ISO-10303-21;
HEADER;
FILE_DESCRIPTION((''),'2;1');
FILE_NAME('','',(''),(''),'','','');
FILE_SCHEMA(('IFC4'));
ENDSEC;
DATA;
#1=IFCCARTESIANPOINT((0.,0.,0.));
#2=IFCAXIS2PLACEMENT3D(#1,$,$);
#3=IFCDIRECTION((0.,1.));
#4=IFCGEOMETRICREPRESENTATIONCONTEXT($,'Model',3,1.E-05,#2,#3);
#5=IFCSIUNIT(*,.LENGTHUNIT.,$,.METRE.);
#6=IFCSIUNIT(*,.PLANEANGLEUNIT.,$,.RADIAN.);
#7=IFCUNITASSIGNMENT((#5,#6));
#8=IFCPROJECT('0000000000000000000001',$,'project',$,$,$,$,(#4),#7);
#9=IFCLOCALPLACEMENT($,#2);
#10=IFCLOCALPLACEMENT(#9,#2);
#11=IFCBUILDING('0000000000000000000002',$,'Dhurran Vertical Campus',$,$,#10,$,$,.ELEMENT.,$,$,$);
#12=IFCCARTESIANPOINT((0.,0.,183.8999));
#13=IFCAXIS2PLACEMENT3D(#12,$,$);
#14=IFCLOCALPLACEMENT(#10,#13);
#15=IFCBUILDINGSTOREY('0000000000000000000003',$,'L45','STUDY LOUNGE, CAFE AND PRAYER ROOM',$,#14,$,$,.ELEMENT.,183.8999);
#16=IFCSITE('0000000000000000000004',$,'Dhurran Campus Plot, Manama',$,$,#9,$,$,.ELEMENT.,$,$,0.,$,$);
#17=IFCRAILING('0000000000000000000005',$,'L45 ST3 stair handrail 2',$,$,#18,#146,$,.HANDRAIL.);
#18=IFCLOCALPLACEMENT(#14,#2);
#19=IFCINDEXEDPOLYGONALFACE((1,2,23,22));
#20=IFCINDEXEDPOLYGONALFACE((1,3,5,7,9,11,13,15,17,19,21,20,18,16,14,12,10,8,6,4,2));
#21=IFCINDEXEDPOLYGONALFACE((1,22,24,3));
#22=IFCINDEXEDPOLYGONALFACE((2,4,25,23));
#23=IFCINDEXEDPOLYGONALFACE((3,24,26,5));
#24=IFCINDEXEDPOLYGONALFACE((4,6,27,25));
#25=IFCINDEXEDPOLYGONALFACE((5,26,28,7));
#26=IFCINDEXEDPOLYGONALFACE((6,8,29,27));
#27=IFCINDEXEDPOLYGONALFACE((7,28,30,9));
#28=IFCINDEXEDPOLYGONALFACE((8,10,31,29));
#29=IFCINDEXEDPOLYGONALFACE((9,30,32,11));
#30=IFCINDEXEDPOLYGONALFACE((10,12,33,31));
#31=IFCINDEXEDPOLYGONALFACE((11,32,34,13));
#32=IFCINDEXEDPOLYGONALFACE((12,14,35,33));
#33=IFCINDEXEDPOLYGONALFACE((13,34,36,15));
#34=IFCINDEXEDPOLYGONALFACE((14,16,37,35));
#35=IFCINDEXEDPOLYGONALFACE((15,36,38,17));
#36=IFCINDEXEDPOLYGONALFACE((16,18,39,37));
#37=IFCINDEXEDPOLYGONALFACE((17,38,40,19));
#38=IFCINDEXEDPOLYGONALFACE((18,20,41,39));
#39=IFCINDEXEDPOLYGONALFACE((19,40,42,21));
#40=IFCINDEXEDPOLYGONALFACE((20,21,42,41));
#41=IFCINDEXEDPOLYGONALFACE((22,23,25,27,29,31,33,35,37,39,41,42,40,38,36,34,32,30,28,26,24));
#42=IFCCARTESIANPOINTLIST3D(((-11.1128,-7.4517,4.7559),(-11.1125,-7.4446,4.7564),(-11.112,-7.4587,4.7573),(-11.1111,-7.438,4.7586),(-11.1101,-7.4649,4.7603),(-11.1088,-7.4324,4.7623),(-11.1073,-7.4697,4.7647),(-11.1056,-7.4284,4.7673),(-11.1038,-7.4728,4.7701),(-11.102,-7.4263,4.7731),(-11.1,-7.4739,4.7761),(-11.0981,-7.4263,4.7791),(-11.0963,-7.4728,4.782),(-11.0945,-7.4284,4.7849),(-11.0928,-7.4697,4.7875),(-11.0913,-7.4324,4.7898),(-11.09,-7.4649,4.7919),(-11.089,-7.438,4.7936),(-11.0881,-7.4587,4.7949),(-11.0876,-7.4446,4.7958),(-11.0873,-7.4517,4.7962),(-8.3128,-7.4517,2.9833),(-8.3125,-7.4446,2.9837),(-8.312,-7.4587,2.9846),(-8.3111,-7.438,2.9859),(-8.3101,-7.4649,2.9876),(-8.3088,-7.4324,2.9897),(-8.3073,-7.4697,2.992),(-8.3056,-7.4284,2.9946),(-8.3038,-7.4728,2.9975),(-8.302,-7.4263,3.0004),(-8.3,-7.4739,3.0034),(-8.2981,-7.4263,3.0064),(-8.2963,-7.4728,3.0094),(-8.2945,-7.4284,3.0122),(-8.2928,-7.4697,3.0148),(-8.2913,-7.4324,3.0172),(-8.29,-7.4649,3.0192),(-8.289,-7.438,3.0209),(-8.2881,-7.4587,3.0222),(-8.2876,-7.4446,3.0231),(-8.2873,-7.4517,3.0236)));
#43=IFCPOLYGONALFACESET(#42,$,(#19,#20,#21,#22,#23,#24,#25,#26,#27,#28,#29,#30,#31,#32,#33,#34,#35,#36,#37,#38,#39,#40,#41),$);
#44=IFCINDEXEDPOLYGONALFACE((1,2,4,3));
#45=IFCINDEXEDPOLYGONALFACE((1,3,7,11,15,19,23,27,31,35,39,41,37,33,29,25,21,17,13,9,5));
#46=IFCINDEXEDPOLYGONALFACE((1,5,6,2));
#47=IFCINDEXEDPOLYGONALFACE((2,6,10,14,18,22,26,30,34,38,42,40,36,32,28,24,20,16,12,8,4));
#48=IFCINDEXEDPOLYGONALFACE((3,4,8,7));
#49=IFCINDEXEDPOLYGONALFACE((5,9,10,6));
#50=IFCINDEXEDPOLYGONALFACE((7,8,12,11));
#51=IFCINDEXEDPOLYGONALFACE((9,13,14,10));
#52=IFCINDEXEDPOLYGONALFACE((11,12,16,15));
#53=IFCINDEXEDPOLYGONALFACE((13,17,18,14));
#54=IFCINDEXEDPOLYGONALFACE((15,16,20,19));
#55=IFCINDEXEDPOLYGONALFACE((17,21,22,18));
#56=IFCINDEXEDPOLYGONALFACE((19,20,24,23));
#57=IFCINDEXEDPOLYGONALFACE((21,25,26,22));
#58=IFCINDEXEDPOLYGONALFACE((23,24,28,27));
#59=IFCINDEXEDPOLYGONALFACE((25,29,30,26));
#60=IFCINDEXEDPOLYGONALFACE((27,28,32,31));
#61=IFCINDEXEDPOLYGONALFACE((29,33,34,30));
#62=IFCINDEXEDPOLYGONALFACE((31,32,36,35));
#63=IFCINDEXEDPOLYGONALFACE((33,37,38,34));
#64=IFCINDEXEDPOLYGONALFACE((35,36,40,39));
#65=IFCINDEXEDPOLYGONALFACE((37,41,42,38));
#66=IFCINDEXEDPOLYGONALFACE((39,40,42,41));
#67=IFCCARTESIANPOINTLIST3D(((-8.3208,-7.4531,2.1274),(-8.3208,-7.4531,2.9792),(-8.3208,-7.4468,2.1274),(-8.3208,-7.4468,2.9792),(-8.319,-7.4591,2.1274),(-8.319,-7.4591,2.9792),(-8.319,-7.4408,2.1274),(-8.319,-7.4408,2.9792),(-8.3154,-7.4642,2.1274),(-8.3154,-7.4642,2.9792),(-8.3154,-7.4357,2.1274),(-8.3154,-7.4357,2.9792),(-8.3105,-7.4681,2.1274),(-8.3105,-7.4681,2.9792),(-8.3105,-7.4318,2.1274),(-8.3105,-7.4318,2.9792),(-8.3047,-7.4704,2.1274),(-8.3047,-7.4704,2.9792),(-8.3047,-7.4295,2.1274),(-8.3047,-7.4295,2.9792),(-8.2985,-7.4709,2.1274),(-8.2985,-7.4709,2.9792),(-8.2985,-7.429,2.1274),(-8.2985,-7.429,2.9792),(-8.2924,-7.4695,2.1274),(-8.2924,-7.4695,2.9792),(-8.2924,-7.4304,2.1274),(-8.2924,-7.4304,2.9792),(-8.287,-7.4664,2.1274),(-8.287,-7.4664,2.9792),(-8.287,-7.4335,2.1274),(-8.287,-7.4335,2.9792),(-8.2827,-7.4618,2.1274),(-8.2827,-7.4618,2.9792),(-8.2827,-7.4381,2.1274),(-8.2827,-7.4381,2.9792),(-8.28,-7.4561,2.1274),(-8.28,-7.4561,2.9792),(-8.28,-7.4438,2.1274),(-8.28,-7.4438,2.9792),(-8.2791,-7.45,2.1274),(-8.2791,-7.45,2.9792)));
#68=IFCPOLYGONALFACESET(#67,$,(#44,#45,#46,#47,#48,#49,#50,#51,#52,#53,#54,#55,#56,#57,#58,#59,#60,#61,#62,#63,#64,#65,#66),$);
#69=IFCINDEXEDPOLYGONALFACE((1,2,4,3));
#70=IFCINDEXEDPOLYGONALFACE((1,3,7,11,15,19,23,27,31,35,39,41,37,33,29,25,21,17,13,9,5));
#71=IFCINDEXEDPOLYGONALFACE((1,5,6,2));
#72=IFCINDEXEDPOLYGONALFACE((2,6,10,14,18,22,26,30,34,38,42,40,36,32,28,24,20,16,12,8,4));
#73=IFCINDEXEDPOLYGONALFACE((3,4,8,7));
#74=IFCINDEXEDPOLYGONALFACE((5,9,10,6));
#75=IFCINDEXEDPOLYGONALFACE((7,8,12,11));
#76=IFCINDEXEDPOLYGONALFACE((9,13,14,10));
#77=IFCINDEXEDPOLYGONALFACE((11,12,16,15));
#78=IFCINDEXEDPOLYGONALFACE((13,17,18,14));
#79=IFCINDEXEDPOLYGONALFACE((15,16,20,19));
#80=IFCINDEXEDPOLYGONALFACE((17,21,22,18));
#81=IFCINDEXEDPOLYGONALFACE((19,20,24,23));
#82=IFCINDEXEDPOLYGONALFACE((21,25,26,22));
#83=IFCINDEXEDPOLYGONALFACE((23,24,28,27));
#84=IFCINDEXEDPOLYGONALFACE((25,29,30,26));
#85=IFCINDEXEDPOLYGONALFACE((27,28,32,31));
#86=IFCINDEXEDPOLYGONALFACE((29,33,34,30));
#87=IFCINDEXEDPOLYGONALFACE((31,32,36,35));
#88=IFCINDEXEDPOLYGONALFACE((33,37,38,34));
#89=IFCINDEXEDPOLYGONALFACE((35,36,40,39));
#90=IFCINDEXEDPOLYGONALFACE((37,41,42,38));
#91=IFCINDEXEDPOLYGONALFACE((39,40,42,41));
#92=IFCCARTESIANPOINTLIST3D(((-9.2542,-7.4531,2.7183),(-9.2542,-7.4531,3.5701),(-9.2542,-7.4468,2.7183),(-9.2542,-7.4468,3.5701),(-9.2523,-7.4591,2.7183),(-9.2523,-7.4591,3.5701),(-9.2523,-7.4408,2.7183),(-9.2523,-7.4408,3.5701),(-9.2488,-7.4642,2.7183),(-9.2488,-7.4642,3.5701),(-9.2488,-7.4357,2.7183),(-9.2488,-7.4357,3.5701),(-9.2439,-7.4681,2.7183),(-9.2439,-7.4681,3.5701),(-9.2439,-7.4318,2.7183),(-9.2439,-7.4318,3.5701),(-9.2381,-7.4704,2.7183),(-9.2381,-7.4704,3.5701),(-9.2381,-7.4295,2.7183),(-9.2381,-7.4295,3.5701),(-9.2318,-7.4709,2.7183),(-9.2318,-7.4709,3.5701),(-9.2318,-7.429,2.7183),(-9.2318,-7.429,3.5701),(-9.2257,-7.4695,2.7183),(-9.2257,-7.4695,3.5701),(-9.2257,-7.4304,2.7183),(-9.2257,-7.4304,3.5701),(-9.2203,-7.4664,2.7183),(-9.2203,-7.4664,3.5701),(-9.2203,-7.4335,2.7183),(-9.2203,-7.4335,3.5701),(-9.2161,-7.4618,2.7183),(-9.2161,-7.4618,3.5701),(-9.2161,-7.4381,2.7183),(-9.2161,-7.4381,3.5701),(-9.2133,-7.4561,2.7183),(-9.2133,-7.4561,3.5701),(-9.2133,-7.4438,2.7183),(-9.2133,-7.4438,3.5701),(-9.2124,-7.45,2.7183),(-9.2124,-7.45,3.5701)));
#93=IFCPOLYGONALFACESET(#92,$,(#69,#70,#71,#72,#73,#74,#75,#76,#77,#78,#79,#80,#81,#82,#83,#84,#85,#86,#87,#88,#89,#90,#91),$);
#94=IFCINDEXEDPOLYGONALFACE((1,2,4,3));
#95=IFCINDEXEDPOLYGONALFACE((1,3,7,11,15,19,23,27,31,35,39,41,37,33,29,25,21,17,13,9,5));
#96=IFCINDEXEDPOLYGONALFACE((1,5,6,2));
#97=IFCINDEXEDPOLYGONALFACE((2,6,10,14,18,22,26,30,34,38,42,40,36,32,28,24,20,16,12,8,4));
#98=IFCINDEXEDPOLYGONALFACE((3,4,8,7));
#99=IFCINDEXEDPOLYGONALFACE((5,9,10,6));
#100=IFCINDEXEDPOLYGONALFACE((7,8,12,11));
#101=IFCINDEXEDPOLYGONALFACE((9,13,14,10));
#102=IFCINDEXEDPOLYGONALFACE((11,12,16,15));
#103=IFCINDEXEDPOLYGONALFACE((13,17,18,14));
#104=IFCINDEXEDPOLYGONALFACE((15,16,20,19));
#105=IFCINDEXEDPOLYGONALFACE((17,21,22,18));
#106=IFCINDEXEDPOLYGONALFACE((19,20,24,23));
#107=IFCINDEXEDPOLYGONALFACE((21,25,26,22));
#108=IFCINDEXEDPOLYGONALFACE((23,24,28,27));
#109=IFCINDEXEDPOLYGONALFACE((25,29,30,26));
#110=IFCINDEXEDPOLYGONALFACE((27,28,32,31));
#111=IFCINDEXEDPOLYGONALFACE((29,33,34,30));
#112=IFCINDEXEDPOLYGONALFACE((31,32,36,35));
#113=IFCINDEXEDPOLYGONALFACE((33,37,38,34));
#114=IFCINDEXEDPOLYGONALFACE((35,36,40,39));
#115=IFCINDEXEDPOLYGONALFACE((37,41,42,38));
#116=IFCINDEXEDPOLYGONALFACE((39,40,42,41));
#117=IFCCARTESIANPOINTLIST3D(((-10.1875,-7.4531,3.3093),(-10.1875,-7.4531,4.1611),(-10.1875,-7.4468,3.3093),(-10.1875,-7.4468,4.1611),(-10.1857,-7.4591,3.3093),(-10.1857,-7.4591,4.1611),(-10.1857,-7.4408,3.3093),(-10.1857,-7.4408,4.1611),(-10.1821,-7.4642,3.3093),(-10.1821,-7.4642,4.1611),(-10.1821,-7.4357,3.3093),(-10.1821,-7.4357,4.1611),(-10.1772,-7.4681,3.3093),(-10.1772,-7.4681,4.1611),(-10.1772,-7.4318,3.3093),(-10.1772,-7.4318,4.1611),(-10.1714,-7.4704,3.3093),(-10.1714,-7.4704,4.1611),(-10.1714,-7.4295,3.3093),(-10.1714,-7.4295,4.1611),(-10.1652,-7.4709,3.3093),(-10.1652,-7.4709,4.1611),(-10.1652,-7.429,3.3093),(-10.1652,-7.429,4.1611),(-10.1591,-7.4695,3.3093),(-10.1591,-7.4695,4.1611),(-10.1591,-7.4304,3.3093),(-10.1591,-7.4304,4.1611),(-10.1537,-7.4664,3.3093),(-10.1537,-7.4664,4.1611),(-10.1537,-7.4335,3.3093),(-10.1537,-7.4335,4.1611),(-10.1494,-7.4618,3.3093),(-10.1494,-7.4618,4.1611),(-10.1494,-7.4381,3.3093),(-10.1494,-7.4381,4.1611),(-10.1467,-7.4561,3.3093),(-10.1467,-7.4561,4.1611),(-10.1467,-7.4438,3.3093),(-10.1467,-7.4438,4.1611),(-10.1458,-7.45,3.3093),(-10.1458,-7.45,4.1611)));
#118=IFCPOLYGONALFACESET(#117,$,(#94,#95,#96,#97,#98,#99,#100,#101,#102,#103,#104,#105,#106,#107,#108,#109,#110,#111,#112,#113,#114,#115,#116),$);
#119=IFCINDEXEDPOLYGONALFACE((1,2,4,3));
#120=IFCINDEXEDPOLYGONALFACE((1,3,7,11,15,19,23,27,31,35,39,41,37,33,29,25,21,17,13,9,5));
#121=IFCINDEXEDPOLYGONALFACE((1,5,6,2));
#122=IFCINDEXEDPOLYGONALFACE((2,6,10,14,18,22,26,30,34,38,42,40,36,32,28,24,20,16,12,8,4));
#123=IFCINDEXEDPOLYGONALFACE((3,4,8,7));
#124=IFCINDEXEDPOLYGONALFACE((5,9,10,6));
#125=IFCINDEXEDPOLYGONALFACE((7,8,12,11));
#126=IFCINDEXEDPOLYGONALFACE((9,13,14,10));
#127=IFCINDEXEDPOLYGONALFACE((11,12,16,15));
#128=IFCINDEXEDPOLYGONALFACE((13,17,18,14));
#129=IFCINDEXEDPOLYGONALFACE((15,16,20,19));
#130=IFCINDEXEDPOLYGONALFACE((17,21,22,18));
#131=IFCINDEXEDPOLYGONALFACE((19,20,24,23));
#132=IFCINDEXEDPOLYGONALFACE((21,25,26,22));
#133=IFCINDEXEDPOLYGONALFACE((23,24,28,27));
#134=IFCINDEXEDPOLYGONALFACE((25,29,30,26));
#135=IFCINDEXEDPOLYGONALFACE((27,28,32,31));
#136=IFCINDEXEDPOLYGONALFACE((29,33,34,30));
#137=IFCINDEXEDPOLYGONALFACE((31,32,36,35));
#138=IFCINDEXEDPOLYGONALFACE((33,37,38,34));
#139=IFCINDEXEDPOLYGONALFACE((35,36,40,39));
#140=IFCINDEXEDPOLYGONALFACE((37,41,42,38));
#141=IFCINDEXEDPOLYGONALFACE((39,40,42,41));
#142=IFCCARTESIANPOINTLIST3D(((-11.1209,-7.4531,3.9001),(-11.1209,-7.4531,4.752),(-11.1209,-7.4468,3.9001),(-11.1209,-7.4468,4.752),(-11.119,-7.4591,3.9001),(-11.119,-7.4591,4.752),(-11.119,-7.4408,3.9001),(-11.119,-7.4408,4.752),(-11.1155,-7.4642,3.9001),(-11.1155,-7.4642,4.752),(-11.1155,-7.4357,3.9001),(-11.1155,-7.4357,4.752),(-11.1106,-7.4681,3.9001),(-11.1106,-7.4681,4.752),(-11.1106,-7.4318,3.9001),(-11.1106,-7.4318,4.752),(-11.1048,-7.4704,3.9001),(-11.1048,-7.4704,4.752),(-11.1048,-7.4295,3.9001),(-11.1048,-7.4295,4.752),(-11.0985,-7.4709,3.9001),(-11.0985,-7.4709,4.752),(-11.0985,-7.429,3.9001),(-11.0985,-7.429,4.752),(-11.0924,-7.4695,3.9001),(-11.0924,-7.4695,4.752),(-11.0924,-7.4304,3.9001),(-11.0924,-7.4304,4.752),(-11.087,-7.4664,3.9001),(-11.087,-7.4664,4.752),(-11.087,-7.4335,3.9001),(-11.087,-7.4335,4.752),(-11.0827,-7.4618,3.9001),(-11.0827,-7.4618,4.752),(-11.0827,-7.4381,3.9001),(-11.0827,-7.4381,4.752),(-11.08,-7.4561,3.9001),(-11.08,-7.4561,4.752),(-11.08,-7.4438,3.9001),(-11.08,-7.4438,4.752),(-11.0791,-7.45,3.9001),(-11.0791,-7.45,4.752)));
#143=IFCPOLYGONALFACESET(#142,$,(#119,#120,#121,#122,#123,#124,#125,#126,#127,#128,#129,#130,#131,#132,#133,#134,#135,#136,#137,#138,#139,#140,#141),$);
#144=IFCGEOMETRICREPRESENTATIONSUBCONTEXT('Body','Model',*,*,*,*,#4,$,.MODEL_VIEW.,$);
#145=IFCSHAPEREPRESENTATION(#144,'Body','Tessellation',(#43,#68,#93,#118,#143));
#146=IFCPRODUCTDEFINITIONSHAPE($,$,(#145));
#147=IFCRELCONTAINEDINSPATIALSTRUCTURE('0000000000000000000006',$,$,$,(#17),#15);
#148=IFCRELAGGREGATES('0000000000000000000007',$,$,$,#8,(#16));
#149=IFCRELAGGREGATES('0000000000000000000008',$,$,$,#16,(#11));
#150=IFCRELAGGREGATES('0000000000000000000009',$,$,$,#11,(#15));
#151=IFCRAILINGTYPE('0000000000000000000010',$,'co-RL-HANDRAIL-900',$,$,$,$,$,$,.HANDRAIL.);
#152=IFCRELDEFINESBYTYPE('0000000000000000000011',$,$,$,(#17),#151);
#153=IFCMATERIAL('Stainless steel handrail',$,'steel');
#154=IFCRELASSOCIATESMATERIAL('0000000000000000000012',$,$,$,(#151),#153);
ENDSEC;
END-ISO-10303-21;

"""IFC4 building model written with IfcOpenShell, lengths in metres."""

from ifc_helpers import new_model, si_unit, direction, frame, origin, origin_2d, place, context, subcontext, project, spatial, circle, extrude, material, type_object, element, save


model = new_model("IFC4")

# Units and contexts
model_context = context("Model", 3, precision=1e-05, world=origin(), true_north=direction((0.0, 1.0)))
body_context = subcontext(model_context, "Body", "Model", "MODEL_VIEW")
ifc_project = project(units=[si_unit("LENGTHUNIT", "METRE"), si_unit("PLANEANGLEUNIT", "RADIAN")], contexts=[model_context])

# Site, building, storey
site_placement = place(None, origin())
site = spatial("IfcSite", under=ifc_project, at=site_placement, Name="Dhurran Campus Plot, Manama", CompositionType="ELEMENT", RefElevation=0.0)
building_placement = place(site_placement, origin())
building = spatial("IfcBuilding", under=site, at=building_placement, Name="Dhurran Vertical Campus", CompositionType="ELEMENT")
storey_placement = place(building_placement, frame((0.0, 0.0, 183.8999)))
storey = spatial("IfcBuildingStorey", under=building, at=storey_placement, Name="L45", Description="STUDY LOUNGE, CAFE AND PRAYER ROOM", CompositionType="ELEMENT", Elevation=183.8999)

# Railing
ifc_material_1 = material(Name="Stainless steel handrail", Category="steel")
railing_type_1 = type_object("IfcRailingType", Name="co-RL-HANDRAIL-900", PredefinedType="HANDRAIL", material=ifc_material_1)
railing_1_placement = place(storey_placement, frame((-8.3, -7.45, 2.1274)))
element("IfcRailing", 1, at=railing_1_placement, inside=storey, type_object=railing_type_1, Name="L45 ST3 stair handrail 2", PredefinedType="HANDRAIL", context=body_context, shape_type="SweptSolid", body=[
    extrude(circle(Radius=0.0239, at=origin_2d()), frame((0.0, 0.0, 0.876), z_axis=(-0.844909, 0.0, 0.53491), x_axis=(0.0, -1.0, 0.0)), (0.0, 0.0, 1.0), 3.314),
    extrude(circle(Radius=0.021, at=origin_2d()), origin(), (0.0, 0.0, 1.0), 0.8518),
    extrude(circle(Radius=0.021, at=origin_2d()), frame((-0.9333, 0.0, 0.5908)), (0.0, 0.0, 1.0), 0.8518),
    extrude(circle(Radius=0.021, at=origin_2d()), frame((-1.8667, 0.0, 1.1819)), (0.0, 0.0, 1.0), 0.8518),
    extrude(circle(Radius=0.021, at=origin_2d()), frame((-2.8, 0.0, 1.7727)), (0.0, 0.0, 1.0), 0.8518),
])

save(model, "model.ifc")
